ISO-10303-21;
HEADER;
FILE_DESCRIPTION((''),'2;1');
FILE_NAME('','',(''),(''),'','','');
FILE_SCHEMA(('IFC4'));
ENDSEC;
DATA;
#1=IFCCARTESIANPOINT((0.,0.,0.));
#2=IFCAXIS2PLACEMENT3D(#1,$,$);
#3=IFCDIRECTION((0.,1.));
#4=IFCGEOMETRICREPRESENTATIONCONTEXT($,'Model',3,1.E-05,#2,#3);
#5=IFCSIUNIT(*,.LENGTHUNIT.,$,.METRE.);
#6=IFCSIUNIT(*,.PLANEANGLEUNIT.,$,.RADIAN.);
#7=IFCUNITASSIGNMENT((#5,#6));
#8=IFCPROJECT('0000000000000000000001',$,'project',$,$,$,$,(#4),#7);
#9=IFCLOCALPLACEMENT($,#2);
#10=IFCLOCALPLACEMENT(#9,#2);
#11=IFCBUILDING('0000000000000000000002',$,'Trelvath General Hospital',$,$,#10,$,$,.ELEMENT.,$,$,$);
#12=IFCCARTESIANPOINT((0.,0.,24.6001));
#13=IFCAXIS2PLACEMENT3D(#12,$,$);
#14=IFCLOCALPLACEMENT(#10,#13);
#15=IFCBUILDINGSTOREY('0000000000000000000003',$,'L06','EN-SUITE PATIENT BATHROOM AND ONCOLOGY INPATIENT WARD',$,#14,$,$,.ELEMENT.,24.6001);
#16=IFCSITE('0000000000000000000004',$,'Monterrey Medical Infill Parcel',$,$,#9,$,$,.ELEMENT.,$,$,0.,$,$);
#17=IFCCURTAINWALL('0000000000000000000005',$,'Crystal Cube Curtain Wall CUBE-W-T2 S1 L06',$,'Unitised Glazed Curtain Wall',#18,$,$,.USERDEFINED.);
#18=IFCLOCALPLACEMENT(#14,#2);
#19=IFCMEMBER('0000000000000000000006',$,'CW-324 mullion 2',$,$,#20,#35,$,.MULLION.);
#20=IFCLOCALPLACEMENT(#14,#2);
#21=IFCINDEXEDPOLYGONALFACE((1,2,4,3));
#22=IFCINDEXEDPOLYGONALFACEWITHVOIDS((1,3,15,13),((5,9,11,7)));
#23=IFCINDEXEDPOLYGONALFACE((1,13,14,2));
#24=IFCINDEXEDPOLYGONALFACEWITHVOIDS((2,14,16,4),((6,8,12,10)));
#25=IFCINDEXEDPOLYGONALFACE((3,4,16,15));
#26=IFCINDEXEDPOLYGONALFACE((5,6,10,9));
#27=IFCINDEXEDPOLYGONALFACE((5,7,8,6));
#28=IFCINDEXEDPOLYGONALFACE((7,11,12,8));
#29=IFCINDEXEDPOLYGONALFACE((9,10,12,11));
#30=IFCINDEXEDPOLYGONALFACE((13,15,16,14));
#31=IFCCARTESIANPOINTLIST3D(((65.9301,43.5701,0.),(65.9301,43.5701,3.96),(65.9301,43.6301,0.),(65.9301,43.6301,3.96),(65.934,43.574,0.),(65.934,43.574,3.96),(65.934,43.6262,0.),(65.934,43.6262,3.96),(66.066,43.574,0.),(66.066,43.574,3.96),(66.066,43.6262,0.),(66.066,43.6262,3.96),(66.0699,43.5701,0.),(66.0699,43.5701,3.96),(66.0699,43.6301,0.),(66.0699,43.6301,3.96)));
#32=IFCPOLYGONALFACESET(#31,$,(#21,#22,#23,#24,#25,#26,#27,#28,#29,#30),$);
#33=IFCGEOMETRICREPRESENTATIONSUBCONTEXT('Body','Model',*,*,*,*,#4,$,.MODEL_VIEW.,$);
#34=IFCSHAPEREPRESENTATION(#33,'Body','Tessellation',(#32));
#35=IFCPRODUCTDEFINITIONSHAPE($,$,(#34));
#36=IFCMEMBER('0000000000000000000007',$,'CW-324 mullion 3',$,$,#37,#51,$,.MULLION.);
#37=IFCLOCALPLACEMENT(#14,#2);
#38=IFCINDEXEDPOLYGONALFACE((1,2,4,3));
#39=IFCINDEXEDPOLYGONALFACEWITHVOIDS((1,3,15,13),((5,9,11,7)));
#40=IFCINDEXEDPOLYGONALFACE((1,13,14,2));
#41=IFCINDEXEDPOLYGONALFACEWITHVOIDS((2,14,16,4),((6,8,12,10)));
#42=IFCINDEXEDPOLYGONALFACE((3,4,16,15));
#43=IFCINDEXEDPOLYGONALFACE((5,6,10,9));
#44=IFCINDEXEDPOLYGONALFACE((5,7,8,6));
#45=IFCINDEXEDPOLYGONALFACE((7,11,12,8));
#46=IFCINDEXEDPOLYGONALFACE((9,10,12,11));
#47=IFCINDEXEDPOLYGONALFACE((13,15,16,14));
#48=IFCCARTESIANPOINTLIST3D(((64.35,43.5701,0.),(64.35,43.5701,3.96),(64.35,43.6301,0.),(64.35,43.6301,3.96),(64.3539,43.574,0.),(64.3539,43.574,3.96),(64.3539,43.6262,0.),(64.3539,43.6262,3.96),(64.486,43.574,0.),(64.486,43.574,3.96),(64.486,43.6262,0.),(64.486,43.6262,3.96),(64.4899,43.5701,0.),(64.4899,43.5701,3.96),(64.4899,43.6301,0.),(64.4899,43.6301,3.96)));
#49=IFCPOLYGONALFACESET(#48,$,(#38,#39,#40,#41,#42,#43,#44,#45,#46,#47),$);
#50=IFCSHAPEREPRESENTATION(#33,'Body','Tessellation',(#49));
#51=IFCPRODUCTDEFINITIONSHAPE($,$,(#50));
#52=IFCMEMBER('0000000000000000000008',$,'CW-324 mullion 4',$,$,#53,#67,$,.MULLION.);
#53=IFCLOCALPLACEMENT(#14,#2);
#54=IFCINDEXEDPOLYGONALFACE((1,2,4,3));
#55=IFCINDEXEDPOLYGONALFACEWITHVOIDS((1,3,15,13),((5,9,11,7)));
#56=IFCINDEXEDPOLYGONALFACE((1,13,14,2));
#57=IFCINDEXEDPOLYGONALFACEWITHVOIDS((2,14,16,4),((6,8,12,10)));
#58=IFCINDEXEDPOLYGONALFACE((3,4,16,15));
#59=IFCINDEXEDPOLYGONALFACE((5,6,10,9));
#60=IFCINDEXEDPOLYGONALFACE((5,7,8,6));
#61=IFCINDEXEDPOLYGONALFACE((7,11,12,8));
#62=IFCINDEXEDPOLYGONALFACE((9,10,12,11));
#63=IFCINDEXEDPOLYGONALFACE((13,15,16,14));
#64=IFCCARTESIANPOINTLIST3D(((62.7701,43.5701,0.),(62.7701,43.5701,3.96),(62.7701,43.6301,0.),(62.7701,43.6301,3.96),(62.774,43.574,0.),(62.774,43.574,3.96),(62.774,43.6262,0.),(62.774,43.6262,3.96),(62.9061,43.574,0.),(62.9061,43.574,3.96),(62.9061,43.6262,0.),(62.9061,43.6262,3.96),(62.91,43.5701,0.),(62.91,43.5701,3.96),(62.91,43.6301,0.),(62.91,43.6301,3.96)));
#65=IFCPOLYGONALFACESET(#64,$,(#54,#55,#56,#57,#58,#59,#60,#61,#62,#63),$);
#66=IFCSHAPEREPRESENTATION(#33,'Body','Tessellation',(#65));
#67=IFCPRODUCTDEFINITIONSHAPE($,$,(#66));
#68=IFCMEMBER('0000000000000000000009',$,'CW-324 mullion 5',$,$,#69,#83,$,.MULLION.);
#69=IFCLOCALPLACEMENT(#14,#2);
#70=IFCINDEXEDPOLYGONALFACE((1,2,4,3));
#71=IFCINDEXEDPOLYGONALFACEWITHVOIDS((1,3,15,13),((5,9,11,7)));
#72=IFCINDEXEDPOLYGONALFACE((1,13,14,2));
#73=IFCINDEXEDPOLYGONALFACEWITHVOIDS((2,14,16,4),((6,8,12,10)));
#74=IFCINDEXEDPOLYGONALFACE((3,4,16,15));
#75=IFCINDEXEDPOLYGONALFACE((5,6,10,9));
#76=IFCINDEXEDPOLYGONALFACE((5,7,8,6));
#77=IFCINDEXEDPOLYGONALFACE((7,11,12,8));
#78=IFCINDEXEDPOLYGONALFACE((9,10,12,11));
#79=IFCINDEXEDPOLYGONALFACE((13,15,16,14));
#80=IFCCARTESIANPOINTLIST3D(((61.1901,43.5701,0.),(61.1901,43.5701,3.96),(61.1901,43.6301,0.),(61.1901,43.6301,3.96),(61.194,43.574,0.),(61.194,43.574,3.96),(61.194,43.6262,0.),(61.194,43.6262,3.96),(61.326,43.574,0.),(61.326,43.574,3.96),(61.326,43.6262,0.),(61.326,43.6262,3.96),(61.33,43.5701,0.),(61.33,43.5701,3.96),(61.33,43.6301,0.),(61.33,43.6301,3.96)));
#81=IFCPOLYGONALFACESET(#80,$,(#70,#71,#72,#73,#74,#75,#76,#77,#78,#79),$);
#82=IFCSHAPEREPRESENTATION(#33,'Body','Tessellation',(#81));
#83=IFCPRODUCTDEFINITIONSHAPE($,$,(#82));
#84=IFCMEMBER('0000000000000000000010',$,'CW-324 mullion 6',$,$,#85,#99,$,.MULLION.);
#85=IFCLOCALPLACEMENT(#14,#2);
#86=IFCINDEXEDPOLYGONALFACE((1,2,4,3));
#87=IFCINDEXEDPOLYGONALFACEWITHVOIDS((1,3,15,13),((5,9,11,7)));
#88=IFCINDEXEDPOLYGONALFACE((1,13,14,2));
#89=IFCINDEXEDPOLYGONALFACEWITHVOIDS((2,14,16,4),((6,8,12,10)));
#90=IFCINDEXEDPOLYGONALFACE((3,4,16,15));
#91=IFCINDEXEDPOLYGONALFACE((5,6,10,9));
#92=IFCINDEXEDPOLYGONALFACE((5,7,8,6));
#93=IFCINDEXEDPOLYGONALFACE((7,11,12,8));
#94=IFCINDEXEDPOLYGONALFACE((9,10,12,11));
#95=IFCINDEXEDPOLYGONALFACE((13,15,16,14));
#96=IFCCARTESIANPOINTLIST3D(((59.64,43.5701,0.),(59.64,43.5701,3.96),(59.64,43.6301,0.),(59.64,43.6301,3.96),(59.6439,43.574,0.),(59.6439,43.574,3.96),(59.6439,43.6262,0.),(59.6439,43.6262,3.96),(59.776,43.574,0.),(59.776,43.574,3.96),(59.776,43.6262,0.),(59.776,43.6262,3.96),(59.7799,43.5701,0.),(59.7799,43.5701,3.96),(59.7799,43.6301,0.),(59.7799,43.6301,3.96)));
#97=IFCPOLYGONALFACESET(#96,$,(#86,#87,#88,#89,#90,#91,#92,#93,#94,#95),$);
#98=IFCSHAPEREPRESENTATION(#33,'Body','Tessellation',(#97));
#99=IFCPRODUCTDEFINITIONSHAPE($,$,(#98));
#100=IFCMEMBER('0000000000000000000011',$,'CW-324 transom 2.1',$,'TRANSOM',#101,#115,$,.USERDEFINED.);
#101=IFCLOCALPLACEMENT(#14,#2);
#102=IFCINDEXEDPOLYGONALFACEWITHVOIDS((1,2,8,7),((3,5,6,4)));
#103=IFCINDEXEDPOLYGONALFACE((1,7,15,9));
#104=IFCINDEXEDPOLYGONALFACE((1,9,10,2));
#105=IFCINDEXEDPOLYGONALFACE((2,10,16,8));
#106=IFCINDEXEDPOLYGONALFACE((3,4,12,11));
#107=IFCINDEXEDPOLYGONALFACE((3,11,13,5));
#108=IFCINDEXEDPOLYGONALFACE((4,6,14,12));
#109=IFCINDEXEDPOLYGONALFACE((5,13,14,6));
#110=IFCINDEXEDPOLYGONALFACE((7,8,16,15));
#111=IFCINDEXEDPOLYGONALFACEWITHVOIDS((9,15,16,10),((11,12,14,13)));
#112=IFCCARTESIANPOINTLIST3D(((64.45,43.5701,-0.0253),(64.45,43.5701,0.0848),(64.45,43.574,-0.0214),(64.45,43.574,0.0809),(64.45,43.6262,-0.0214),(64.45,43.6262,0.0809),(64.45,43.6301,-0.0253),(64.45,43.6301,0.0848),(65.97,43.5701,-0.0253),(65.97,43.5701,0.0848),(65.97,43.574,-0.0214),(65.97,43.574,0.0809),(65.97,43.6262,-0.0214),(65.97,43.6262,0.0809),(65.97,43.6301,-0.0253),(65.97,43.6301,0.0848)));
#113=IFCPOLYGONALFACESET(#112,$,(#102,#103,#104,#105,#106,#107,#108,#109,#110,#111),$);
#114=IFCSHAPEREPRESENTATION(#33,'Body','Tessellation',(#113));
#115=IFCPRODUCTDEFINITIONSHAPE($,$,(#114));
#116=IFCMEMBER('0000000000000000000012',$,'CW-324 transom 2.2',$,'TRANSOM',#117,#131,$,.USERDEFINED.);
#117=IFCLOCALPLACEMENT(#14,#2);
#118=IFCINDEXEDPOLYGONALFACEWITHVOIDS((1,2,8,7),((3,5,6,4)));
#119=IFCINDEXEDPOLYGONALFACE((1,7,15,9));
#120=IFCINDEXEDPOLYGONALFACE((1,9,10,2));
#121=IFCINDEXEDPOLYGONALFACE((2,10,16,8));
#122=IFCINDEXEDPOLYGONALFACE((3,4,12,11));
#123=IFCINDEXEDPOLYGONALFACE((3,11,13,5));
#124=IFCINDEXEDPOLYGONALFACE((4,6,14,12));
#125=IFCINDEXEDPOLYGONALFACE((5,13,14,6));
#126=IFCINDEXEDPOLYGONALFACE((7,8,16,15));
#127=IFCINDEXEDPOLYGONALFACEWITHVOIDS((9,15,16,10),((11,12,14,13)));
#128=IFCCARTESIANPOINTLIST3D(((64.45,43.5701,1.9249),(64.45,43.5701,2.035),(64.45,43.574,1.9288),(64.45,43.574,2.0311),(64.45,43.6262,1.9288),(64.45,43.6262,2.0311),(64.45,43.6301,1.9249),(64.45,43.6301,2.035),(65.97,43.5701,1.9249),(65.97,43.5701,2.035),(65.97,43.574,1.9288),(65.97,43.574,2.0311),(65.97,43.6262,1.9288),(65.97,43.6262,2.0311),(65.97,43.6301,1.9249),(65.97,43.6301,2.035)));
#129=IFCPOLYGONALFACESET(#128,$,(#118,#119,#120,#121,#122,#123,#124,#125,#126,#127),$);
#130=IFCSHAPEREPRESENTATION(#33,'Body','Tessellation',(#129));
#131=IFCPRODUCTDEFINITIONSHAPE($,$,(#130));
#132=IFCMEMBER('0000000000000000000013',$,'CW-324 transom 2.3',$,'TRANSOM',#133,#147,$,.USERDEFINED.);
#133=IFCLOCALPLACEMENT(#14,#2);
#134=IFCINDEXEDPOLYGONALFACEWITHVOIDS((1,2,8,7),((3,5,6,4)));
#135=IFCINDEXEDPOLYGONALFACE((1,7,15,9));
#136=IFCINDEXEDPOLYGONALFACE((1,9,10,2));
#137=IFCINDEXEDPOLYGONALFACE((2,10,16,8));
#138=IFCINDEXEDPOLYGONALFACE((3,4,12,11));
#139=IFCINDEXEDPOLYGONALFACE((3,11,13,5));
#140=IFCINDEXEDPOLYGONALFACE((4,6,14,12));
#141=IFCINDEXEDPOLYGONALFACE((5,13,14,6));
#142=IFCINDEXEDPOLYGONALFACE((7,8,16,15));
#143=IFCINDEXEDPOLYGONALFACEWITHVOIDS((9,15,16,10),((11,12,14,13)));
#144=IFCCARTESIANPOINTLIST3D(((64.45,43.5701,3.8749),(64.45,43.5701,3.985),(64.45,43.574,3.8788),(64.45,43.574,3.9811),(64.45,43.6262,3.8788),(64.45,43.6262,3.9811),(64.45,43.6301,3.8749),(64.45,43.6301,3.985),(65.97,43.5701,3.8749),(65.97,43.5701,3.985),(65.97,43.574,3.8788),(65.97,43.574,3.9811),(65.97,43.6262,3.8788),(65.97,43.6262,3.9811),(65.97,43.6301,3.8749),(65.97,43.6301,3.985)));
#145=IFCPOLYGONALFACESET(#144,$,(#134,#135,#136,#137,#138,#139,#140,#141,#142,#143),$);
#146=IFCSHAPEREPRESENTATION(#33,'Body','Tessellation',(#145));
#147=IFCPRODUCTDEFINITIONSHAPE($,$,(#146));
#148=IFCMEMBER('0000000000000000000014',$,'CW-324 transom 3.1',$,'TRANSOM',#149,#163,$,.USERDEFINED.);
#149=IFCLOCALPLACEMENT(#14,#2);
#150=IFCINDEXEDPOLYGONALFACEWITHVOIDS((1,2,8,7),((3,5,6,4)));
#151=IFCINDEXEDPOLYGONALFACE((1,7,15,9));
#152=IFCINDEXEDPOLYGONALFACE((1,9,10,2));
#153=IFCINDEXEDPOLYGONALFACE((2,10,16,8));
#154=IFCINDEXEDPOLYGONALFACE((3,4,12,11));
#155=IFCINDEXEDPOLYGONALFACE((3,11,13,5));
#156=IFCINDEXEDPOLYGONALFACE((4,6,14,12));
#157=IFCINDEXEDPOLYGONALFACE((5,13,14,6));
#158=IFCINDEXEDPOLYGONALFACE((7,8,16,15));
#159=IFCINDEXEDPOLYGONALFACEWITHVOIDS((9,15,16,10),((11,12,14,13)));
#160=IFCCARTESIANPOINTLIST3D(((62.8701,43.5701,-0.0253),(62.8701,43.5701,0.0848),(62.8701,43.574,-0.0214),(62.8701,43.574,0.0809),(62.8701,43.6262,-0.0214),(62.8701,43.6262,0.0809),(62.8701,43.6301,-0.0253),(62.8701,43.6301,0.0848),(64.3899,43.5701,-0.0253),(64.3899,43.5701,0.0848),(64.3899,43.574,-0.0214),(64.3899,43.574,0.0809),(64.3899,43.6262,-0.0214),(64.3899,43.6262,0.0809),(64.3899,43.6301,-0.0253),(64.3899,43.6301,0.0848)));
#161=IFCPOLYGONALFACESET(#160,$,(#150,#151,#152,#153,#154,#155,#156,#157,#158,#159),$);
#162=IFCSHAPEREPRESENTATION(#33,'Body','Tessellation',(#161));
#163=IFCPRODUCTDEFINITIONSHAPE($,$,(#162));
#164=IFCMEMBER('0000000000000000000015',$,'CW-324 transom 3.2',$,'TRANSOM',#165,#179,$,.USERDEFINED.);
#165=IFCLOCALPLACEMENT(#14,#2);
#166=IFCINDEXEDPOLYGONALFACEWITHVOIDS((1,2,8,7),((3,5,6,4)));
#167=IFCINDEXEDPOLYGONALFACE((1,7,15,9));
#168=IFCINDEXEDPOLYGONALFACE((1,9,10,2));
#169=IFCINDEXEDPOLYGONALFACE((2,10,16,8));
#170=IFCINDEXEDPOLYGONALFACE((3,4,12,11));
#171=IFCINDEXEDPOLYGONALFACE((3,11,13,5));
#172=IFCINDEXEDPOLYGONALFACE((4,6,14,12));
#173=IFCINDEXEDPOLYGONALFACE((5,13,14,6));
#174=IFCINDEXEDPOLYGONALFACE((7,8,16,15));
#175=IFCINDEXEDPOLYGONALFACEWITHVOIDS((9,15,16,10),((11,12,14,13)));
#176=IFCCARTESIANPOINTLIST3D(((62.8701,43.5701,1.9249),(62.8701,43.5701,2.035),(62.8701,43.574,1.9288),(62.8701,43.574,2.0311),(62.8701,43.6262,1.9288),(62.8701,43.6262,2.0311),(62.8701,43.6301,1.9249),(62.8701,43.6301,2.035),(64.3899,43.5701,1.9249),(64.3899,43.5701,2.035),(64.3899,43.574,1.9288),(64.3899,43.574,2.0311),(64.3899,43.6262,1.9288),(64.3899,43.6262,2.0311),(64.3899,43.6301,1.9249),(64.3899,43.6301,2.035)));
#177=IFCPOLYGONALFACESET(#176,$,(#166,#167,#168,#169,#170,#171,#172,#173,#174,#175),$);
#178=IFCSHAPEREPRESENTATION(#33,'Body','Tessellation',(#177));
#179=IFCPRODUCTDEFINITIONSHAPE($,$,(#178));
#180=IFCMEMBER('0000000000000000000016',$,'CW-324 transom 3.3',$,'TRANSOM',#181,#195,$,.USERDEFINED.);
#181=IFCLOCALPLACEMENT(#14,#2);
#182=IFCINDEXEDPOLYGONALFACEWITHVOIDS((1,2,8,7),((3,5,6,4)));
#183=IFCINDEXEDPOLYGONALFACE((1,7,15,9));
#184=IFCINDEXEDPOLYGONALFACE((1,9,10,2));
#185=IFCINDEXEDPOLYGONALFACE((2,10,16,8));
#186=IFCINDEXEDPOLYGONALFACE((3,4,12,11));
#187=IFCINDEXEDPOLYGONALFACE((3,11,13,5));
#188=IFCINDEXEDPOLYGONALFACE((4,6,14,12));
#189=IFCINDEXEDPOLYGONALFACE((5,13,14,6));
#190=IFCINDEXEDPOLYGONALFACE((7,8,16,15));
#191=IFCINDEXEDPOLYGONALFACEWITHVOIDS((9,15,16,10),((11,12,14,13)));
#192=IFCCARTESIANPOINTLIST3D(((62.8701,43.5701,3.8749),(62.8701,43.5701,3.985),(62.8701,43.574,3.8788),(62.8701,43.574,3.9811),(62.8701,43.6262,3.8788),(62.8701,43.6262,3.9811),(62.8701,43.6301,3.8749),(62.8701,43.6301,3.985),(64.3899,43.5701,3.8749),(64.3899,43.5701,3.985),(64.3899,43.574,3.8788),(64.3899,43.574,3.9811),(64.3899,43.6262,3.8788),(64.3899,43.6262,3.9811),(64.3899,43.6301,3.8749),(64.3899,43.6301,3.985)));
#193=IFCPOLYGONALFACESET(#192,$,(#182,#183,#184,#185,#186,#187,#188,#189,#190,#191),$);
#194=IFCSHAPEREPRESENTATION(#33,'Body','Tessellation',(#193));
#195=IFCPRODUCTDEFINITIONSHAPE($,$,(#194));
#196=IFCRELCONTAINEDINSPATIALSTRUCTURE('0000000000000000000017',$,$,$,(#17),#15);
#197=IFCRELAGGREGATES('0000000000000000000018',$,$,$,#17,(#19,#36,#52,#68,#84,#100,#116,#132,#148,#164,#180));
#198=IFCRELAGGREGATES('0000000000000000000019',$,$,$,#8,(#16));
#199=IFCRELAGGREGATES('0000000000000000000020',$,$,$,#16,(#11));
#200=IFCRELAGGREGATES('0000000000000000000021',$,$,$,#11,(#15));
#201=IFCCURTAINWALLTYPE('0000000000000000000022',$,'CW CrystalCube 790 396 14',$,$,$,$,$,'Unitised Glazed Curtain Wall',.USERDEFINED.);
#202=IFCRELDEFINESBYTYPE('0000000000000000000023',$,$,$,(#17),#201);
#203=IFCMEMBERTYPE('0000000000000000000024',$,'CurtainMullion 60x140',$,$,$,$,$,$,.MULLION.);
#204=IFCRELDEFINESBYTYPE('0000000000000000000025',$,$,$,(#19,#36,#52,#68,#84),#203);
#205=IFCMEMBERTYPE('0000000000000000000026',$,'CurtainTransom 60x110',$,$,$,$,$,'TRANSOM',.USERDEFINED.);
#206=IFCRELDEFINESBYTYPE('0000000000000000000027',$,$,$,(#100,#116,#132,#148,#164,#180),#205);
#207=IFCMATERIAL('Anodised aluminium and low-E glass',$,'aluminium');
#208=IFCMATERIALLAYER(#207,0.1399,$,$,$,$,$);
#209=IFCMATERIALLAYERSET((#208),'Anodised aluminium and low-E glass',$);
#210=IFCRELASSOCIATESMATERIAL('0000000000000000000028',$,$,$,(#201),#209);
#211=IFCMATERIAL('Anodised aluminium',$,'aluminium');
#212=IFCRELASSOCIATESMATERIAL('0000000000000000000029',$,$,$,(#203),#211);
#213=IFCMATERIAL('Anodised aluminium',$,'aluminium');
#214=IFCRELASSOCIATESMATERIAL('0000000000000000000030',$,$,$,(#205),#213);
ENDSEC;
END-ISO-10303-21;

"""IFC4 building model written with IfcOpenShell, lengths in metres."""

from ifc_helpers import new_model, si_unit, direction, frame, origin, origin_2d, place, context, subcontext, project, spatial, hollow_rectangle, extrude, material, layer, layer_set, material_profile, profile_set, type_object, element, aggregate, save


model = new_model("IFC4")

# Units and contexts
model_context = context("Model", 3, precision=1e-05, world=origin(), true_north=direction((0.0, 1.0)))
body_context = subcontext(model_context, "Body", "Model", "MODEL_VIEW")
ifc_project = project(units=[si_unit("LENGTHUNIT", "METRE"), si_unit("PLANEANGLEUNIT", "RADIAN")], contexts=[model_context])

# Site, building, storey
site_placement = place(None, origin())
site = spatial("IfcSite", under=ifc_project, at=site_placement, Name="Monterrey Medical Infill Parcel", CompositionType="ELEMENT", RefElevation=0.0)
building_placement = place(site_placement, origin())
building = spatial("IfcBuilding", under=site, at=building_placement, Name="Trelvath General Hospital", CompositionType="ELEMENT")
storey_placement = place(building_placement, frame((0.0, 0.0, 24.6001)))
storey = spatial("IfcBuildingStorey", under=building, at=storey_placement, Name="L06", Description="EN-SUITE PATIENT BATHROOM AND ONCOLOGY INPATIENT WARD", CompositionType="ELEMENT", Elevation=24.6001)

# Curtain wall, members
ifc_material_1 = material(Name="Anodised aluminium and low-E glass", Category="aluminium")
ifc_layer_1 = layer(ifc_material_1, 0.1399)
ifc_layer_set_1 = layer_set([ifc_layer_1], Name="Anodised aluminium and low-E glass")
curtain_wall_type = type_object("IfcCurtainWallType", Name="CW CrystalCube 790 396 14", ElementType="Unitised Glazed Curtain Wall", PredefinedType="USERDEFINED", material=ifc_layer_set_1)
curtain_wall_placement = place(storey_placement, origin())
curtain_wall = element("IfcCurtainWall", 1, at=curtain_wall_placement, inside=storey, type_object=curtain_wall_type, Name="Crystal Cube Curtain Wall CUBE-W-T2 S1 L06", ObjectType="Unitised Glazed Curtain Wall", PredefinedType="USERDEFINED")
ifc_material_2 = material(Name="Anodised aluminium", Category="aluminium")
ifc_material_profile_1 = material_profile(ifc_material_2, hollow_rectangle(XDim=0.0601, YDim=0.1399, WallThickness=0.0039, at=origin_2d()), Name="RHS60x140x4")
ifc_profile_set_1 = profile_set([ifc_material_profile_1], Name="Anodised aluminium")
member_type_1 = type_object("IfcMemberType", Name="CurtainMullion 60x140", PredefinedType="MULLION", material=ifc_profile_set_1)
member_1_placement = place(storey_placement, frame((66.0, 43.6001, 0.0), z_axis=(0.0, 0.0, 1.0), x_axis=(0.0, -1.0, 0.0)))
member_1 = element("IfcMember", 2, at=member_1_placement, type_object=member_type_1, Name="CW-324 mullion 2", PredefinedType="MULLION", context=body_context, shape_type="SweptSolid", body=[
    extrude(hollow_rectangle(XDim=0.0601, YDim=0.1399, WallThickness=0.0039, at=origin_2d()), origin(), (0.0, 0.0, 1.0), 3.96),
])
member_2_placement = place(storey_placement, frame((64.4199, 43.6001, 0.0), z_axis=(0.0, 0.0, 1.0), x_axis=(0.0, -1.0, 0.0)))
member_2 = element("IfcMember", 3, at=member_2_placement, type_object=member_type_1, Name="CW-324 mullion 3", PredefinedType="MULLION", context=body_context, shape_type="SweptSolid", body=[
    extrude(hollow_rectangle(XDim=0.0601, YDim=0.1399, WallThickness=0.0039, at=origin_2d()), origin(), (0.0, 0.0, 1.0), 3.96),
])
member_3_placement = place(storey_placement, frame((62.8401, 43.6001, 0.0), z_axis=(0.0, 0.0, 1.0), x_axis=(0.0, -1.0, 0.0)))
member_3 = element("IfcMember", 4, at=member_3_placement, type_object=member_type_1, Name="CW-324 mullion 4", PredefinedType="MULLION", context=body_context, shape_type="SweptSolid", body=[
    extrude(hollow_rectangle(XDim=0.0601, YDim=0.1399, WallThickness=0.0039, at=origin_2d()), origin(), (0.0, 0.0, 1.0), 3.96),
])
member_4_placement = place(storey_placement, frame((61.26, 43.6001, 0.0), z_axis=(0.0, 0.0, 1.0), x_axis=(0.0, -1.0, 0.0)))
member_4 = element("IfcMember", 5, at=member_4_placement, type_object=member_type_1, Name="CW-324 mullion 5", PredefinedType="MULLION", context=body_context, shape_type="SweptSolid", body=[
    extrude(hollow_rectangle(XDim=0.0601, YDim=0.1399, WallThickness=0.0039, at=origin_2d()), origin(), (0.0, 0.0, 1.0), 3.96),
])
member_5_placement = place(storey_placement, frame((59.71, 43.6001, 0.0), z_axis=(0.0, 0.0, 1.0), x_axis=(0.0, -1.0, 0.0)))
member_5 = element("IfcMember", 6, at=member_5_placement, type_object=member_type_1, Name="CW-324 mullion 6", PredefinedType="MULLION", context=body_context, shape_type="SweptSolid", body=[
    extrude(hollow_rectangle(XDim=0.0601, YDim=0.1399, WallThickness=0.0039, at=origin_2d()), origin(), (0.0, 0.0, 1.0), 3.96),
])
ifc_material_3 = material(Name="Anodised aluminium", Category="aluminium")
ifc_material_profile_2 = material_profile(ifc_material_3, hollow_rectangle(XDim=0.0601, YDim=0.1101, WallThickness=0.0039, at=origin_2d()), Name="RHS60x110x4")
ifc_profile_set_2 = profile_set([ifc_material_profile_2], Name="Anodised aluminium")
member_type_2 = type_object("IfcMemberType", Name="CurtainTransom 60x110", ElementType="TRANSOM", PredefinedType="USERDEFINED", material=ifc_profile_set_2)
member_6_placement = place(storey_placement, frame((65.97, 43.6001, 0.0298), z_axis=(-1.0, 0.0, 0.0), x_axis=(0.0, -1.0, 0.0)))
member_6 = element("IfcMember", 7, at=member_6_placement, type_object=member_type_2, Name="CW-324 transom 2.1", ObjectType="TRANSOM", PredefinedType="USERDEFINED", context=body_context, shape_type="SweptSolid", body=[
    extrude(hollow_rectangle(XDim=0.0601, YDim=0.1101, WallThickness=0.0039, at=origin_2d()), origin(), (0.0, 0.0, 1.0), 1.52),
])
member_7_placement = place(storey_placement, frame((65.97, 43.6001, 1.98), z_axis=(-1.0, 0.0, 0.0), x_axis=(0.0, -1.0, 0.0)))
member_7 = element("IfcMember", 8, at=member_7_placement, type_object=member_type_2, Name="CW-324 transom 2.2", ObjectType="TRANSOM", PredefinedType="USERDEFINED", context=body_context, shape_type="SweptSolid", body=[
    extrude(hollow_rectangle(XDim=0.0601, YDim=0.1101, WallThickness=0.0039, at=origin_2d()), origin(), (0.0, 0.0, 1.0), 1.52),
])
member_8_placement = place(storey_placement, frame((65.97, 43.6001, 3.9299), z_axis=(-1.0, 0.0, 0.0), x_axis=(0.0, -1.0, 0.0)))
member_8 = element("IfcMember", 9, at=member_8_placement, type_object=member_type_2, Name="CW-324 transom 2.3", ObjectType="TRANSOM", PredefinedType="USERDEFINED", context=body_context, shape_type="SweptSolid", body=[
    extrude(hollow_rectangle(XDim=0.0601, YDim=0.1101, WallThickness=0.0039, at=origin_2d()), origin(), (0.0, 0.0, 1.0), 1.52),
])
member_9_placement = place(storey_placement, frame((64.3899, 43.6001, 0.0298), z_axis=(-1.0, 0.0, 0.0), x_axis=(0.0, -1.0, 0.0)))
member_9 = element("IfcMember", 10, at=member_9_placement, type_object=member_type_2, Name="CW-324 transom 3.1", ObjectType="TRANSOM", PredefinedType="USERDEFINED", context=body_context, shape_type="SweptSolid", body=[
    extrude(hollow_rectangle(XDim=0.0601, YDim=0.1101, WallThickness=0.0039, at=origin_2d()), origin(), (0.0, 0.0, 1.0), 1.5198),
])
member_10_placement = place(storey_placement, frame((64.3899, 43.6001, 1.98), z_axis=(-1.0, 0.0, 0.0), x_axis=(0.0, -1.0, 0.0)))
member_10 = element("IfcMember", 11, at=member_10_placement, type_object=member_type_2, Name="CW-324 transom 3.2", ObjectType="TRANSOM", PredefinedType="USERDEFINED", context=body_context, shape_type="SweptSolid", body=[
    extrude(hollow_rectangle(XDim=0.0601, YDim=0.1101, WallThickness=0.0039, at=origin_2d()), origin(), (0.0, 0.0, 1.0), 1.5198),
])
member_11_placement = place(storey_placement, frame((64.3899, 43.6001, 3.9299), z_axis=(-1.0, 0.0, 0.0), x_axis=(0.0, -1.0, 0.0)))
member_11 = element("IfcMember", 12, at=member_11_placement, type_object=member_type_2, Name="CW-324 transom 3.3", ObjectType="TRANSOM", PredefinedType="USERDEFINED", context=body_context, shape_type="SweptSolid", body=[
    extrude(hollow_rectangle(XDim=0.0601, YDim=0.1101, WallThickness=0.0039, at=origin_2d()), origin(), (0.0, 0.0, 1.0), 1.5198),
])
aggregate(curtain_wall, [member_1, member_2, member_3, member_4, member_5, member_6, member_7, member_8, member_9, member_10, member_11])

save(model, "model.ifc")
